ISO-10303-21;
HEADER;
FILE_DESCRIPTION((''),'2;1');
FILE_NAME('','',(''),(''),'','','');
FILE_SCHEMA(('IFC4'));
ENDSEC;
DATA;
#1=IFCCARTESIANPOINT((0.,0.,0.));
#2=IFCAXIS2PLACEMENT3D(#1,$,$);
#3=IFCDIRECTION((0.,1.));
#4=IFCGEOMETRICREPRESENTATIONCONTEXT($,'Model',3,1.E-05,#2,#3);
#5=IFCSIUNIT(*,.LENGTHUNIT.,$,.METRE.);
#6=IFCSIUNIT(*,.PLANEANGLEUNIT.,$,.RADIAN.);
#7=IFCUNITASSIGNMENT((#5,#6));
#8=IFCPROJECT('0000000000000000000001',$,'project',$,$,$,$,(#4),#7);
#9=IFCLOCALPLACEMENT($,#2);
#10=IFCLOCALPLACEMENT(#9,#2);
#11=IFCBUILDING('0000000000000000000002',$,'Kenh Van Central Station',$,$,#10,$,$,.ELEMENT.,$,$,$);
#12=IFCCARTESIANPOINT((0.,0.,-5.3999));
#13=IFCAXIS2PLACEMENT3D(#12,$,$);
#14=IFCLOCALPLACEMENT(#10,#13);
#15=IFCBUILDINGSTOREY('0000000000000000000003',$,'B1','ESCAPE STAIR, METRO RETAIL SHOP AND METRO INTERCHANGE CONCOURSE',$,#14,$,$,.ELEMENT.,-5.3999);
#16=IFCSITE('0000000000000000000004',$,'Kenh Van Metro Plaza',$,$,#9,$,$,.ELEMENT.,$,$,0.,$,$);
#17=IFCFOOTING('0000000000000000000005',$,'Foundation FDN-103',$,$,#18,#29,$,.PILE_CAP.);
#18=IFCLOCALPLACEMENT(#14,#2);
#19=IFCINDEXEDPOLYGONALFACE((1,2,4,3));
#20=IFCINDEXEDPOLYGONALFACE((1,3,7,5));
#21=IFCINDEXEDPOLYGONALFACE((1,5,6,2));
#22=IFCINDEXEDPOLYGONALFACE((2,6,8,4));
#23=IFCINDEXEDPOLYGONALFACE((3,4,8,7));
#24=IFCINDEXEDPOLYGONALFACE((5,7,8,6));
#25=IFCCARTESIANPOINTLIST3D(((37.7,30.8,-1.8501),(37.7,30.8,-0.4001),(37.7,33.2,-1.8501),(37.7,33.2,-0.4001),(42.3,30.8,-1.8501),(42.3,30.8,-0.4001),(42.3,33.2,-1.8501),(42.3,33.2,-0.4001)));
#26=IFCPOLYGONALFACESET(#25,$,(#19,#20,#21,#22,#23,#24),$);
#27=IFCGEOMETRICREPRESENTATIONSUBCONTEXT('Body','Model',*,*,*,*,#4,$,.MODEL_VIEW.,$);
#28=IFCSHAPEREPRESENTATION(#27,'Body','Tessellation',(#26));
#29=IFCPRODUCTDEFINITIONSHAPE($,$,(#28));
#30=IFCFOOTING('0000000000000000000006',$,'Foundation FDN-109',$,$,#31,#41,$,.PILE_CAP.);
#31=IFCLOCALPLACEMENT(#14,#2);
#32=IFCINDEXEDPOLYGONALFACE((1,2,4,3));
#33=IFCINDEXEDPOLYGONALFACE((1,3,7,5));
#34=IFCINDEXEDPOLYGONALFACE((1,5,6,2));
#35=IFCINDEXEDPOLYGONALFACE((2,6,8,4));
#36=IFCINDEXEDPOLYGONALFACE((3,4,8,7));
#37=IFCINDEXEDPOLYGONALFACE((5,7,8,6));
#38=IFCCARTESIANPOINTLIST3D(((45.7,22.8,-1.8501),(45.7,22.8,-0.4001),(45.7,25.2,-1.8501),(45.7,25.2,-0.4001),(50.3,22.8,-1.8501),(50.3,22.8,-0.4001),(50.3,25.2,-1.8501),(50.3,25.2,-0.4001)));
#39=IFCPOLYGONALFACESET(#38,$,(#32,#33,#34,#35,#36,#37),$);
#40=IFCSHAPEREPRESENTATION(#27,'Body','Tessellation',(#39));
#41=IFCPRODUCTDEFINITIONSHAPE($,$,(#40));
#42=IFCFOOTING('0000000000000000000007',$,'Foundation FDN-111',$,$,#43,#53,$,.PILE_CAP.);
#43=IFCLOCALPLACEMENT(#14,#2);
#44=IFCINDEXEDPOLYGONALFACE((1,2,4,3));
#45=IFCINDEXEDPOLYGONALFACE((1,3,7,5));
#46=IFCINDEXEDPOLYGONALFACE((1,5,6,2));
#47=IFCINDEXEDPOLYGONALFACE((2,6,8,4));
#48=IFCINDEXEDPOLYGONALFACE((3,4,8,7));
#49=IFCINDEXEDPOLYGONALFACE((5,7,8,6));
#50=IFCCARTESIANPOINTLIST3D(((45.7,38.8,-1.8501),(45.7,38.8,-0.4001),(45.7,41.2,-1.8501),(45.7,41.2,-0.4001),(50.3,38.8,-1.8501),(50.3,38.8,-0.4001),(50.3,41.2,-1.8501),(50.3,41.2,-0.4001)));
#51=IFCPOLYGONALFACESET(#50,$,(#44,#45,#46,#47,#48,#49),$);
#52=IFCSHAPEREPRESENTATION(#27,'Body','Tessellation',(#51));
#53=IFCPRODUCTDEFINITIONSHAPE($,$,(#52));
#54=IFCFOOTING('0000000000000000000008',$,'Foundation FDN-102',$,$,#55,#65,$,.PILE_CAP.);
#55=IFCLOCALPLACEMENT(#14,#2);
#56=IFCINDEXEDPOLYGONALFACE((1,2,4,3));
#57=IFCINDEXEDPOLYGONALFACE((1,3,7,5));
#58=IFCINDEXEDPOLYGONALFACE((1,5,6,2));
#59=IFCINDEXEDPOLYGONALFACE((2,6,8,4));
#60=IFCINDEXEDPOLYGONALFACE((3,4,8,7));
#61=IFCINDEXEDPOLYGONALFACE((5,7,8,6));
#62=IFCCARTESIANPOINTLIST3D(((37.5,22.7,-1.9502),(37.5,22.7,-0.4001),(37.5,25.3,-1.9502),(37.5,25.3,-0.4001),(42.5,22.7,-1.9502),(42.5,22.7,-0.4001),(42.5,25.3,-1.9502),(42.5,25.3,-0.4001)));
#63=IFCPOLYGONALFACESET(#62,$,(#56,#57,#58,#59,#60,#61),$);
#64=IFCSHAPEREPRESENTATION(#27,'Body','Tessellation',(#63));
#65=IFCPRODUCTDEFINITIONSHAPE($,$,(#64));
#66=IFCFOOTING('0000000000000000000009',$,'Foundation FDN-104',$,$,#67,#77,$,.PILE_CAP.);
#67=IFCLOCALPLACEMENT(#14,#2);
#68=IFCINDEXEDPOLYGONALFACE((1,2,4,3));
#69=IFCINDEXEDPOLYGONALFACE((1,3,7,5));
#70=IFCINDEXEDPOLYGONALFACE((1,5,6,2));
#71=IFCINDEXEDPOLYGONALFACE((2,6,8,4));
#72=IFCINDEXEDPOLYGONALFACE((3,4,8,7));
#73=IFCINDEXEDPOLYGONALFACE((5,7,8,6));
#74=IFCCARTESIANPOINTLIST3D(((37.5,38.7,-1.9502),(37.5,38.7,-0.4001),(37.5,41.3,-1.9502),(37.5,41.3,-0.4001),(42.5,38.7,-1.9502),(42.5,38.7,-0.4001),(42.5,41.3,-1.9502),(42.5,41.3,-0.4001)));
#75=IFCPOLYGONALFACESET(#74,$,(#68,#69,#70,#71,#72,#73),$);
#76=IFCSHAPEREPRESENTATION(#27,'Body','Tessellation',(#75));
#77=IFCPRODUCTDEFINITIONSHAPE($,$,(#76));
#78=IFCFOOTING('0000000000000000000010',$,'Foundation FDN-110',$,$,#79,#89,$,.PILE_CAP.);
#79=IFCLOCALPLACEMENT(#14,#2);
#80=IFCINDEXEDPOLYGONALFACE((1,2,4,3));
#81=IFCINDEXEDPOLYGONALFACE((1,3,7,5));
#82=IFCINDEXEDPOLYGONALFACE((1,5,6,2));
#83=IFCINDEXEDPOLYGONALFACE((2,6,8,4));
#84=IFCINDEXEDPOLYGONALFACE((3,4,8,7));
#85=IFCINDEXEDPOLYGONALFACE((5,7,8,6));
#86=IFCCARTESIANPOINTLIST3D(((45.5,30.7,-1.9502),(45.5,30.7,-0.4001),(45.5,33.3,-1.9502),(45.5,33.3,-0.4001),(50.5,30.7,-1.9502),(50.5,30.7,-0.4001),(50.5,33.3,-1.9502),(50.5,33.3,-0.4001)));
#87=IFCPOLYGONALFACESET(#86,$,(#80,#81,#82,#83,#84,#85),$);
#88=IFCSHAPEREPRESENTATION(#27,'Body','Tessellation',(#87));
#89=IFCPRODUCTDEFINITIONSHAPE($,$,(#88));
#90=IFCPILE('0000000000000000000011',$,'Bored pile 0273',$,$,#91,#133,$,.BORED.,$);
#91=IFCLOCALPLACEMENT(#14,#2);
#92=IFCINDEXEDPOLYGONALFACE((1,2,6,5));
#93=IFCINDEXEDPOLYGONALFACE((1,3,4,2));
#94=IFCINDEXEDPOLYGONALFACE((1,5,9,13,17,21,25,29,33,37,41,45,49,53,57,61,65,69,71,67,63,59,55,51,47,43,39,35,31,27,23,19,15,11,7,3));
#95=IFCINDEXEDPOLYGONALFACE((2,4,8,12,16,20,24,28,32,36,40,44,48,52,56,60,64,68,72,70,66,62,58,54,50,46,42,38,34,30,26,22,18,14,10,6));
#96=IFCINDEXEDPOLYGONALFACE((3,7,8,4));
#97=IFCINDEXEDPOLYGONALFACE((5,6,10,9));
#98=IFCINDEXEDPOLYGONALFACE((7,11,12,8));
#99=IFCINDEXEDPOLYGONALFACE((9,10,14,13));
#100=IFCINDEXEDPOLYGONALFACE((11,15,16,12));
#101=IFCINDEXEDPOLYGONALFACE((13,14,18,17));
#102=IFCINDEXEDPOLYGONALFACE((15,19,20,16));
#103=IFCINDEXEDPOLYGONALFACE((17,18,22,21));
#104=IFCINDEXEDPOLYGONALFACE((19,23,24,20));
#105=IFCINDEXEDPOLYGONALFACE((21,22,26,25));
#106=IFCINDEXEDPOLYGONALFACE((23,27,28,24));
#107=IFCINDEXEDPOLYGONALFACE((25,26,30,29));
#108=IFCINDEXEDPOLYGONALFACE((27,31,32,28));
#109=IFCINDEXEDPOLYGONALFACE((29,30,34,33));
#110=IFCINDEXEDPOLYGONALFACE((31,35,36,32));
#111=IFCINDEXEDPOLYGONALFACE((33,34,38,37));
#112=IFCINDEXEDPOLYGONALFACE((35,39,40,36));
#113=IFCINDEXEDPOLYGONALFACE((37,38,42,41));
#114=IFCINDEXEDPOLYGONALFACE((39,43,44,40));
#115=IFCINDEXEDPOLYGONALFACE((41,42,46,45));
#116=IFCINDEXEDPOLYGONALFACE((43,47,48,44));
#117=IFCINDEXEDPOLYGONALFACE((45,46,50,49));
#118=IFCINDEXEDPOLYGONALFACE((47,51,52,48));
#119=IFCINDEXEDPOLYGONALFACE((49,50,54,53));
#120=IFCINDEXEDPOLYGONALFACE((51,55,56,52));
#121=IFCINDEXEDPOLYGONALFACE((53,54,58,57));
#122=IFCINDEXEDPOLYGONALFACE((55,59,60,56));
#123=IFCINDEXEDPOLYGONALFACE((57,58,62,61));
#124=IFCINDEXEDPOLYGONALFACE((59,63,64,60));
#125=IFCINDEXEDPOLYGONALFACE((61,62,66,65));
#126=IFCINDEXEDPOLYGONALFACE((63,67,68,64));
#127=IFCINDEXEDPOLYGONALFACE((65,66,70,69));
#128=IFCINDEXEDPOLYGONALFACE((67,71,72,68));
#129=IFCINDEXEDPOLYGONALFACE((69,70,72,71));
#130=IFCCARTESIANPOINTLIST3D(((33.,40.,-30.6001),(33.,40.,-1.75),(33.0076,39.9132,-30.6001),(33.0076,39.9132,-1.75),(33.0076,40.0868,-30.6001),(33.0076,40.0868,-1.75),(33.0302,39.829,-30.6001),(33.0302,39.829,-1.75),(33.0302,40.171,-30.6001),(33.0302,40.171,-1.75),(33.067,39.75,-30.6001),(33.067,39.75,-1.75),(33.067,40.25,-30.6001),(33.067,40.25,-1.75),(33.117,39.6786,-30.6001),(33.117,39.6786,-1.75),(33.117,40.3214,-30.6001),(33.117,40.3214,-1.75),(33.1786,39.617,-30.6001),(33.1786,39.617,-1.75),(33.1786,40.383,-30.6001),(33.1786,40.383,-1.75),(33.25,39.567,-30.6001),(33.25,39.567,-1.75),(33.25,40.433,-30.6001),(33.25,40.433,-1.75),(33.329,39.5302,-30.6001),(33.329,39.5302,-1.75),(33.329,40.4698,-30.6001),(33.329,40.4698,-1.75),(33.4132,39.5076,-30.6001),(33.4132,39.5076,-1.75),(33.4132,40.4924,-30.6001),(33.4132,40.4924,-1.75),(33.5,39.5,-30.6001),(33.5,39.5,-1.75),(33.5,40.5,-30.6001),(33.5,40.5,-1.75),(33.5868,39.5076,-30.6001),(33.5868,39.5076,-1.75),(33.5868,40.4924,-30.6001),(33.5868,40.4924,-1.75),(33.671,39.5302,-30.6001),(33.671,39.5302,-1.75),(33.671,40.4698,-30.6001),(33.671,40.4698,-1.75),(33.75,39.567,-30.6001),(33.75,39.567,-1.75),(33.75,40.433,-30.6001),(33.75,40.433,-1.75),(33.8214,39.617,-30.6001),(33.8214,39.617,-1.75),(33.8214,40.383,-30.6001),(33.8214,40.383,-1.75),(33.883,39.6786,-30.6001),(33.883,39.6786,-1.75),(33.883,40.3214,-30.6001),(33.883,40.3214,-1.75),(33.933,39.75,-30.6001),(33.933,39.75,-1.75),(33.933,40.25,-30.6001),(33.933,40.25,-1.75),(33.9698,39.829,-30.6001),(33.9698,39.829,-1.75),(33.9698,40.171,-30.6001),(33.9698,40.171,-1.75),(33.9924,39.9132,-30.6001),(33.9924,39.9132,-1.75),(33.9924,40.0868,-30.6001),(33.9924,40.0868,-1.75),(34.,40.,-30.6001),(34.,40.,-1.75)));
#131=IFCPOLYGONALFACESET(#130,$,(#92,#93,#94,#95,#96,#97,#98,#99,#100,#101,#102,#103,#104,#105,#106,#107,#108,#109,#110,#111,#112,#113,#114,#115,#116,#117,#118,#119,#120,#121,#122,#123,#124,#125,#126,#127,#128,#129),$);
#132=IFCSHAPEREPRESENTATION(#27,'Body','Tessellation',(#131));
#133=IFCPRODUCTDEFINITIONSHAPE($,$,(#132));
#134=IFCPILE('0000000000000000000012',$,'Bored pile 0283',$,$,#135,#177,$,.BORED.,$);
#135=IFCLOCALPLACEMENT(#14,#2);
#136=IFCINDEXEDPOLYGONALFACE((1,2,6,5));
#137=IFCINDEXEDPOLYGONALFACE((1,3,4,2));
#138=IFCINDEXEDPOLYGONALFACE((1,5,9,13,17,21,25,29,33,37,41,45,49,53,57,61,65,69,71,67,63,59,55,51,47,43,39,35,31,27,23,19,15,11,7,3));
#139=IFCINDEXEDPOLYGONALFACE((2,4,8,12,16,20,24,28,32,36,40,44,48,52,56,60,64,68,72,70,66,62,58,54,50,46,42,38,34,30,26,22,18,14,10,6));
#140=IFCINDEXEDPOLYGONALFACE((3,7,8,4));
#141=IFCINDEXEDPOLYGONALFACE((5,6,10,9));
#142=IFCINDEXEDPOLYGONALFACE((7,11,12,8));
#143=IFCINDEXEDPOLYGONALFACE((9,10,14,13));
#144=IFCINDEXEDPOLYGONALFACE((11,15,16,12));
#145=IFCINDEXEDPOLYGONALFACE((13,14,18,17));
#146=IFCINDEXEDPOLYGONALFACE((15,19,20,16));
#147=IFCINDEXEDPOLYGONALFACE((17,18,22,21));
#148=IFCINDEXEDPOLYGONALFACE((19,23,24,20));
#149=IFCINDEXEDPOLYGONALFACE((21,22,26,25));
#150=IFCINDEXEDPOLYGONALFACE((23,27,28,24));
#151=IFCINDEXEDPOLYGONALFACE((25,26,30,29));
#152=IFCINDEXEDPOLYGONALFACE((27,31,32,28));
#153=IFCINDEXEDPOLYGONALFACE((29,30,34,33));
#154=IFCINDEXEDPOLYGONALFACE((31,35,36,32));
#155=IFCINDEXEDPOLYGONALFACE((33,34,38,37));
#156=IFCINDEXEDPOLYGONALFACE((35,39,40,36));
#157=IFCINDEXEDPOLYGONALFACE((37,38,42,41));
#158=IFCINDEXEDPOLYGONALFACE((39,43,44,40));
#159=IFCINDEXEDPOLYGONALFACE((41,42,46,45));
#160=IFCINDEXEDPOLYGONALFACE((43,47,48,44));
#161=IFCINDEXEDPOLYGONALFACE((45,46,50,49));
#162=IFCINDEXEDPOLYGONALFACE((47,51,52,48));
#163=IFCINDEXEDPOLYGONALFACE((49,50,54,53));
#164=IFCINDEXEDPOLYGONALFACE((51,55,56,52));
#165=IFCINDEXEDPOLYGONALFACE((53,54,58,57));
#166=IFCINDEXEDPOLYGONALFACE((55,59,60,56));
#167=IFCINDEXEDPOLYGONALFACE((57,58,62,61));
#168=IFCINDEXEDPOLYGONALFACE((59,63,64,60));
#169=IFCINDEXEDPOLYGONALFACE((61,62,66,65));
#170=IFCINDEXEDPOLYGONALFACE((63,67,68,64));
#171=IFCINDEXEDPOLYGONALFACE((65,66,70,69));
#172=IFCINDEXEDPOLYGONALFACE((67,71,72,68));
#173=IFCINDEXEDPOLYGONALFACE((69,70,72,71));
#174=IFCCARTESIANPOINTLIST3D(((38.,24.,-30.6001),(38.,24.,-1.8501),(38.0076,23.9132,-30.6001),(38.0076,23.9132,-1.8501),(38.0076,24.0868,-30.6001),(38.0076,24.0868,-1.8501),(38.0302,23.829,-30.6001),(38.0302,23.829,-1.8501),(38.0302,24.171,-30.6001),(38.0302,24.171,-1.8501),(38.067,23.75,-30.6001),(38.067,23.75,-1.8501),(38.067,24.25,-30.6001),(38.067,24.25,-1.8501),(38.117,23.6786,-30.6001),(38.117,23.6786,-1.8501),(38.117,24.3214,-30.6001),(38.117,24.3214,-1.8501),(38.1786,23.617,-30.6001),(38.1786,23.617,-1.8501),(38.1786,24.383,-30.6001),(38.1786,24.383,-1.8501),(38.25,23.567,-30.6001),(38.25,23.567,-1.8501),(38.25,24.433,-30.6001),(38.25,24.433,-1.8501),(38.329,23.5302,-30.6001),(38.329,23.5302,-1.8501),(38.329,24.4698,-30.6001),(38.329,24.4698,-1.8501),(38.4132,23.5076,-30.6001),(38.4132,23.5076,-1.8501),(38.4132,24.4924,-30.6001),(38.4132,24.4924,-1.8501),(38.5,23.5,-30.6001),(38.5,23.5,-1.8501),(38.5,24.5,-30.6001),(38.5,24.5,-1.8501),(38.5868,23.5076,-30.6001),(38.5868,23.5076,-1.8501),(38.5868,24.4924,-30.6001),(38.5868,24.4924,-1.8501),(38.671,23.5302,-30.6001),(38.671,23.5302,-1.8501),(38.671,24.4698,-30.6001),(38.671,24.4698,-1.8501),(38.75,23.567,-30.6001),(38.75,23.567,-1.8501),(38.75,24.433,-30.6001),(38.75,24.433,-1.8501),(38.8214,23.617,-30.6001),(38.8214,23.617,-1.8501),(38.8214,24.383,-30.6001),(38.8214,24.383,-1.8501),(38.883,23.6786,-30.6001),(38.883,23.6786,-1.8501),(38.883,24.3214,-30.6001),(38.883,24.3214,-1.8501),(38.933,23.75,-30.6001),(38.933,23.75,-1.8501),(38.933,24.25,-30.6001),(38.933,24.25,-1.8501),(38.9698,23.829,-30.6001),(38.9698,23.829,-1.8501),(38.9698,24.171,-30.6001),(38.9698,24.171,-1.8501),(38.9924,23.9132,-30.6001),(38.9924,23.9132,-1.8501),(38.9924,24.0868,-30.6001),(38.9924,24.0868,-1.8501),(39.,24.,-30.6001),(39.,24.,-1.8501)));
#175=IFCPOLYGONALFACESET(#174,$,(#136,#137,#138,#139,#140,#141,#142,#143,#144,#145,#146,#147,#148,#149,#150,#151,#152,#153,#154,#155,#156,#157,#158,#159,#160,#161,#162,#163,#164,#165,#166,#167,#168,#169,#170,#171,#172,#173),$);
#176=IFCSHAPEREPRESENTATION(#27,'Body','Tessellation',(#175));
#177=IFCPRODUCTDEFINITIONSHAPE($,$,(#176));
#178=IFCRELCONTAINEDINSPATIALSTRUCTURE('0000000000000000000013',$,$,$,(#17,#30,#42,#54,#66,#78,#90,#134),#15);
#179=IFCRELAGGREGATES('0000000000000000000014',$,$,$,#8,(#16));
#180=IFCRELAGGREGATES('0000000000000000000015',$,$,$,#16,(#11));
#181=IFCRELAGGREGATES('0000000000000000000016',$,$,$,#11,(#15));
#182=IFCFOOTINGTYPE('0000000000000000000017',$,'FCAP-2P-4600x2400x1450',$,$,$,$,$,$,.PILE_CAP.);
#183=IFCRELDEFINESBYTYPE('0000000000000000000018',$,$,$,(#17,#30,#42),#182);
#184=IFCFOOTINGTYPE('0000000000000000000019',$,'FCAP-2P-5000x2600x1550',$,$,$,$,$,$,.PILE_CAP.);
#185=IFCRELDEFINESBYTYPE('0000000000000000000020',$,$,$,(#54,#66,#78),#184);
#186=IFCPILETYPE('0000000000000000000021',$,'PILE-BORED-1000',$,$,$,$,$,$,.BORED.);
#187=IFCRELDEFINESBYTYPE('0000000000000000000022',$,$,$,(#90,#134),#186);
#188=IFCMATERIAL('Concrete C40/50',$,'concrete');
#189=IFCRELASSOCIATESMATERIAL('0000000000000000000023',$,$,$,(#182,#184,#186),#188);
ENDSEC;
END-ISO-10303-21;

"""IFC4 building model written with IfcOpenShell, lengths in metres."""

from ifc_helpers import new_model, si_unit, direction, frame, origin, origin_2d, place, context, subcontext, project, spatial, rectangle, circle, extrude, material, material_profile, profile_set, type_object, element, save


model = new_model("IFC4")

# Units and contexts
model_context = context("Model", 3, precision=1e-05, world=origin(), true_north=direction((0.0, 1.0)))
body_context = subcontext(model_context, "Body", "Model", "MODEL_VIEW")
ifc_project = project(units=[si_unit("LENGTHUNIT", "METRE"), si_unit("PLANEANGLEUNIT", "RADIAN")], contexts=[model_context])

# Site, building, storey
site_placement = place(None, origin())
site = spatial("IfcSite", under=ifc_project, at=site_placement, Name="Kenh Van Metro Plaza", CompositionType="ELEMENT", RefElevation=0.0)
building_placement = place(site_placement, origin())
building = spatial("IfcBuilding", under=site, at=building_placement, Name="Kenh Van Central Station", CompositionType="ELEMENT")
storey_placement = place(building_placement, frame((0.0, 0.0, -5.3999)))
storey = spatial("IfcBuildingStorey", under=building, at=storey_placement, Name="B1", Description="ESCAPE STAIR, METRO RETAIL SHOP AND METRO INTERCHANGE CONCOURSE", CompositionType="ELEMENT", Elevation=-5.3999)

# Footings
ifc_material_1 = material(Name="Concrete C40/50", Category="concrete")
footing_type_1 = type_object("IfcFootingType", Name="FCAP-2P-4600x2400x1450", PredefinedType="PILE_CAP", material=ifc_material_1)
for number, where, z_axis, x_axis, name in (
    (1, (40.0, 32.0, -1.8501), (0.0, 0.0, 1.0), (1.0, 0.0, 0.0), "Foundation FDN-103"),
    (2, (48.0, 24.0, -1.8501), (0.0, 0.0, 1.0), (1.0, 0.0, 0.0), "Foundation FDN-109"),
    (3, (48.0, 40.0, -1.8501), (0.0, 0.0, 1.0), (1.0, 0.0, 0.0), "Foundation FDN-111"),
):
    element("IfcFooting", number, at=place(storey_placement, frame(where, z_axis=z_axis, x_axis=x_axis)), inside=storey, type_object=footing_type_1, Name=name, PredefinedType="PILE_CAP", context=body_context, shape_type="SweptSolid", body=[
        extrude(rectangle(XDim=4.6001, YDim=2.3999, at=origin_2d()), origin(), (0.0, 0.0, 1.0), 1.45),
    ])
footing_type_2 = type_object("IfcFootingType", Name="FCAP-2P-5000x2600x1550", PredefinedType="PILE_CAP", material=ifc_material_1)
for number, where, z_axis, x_axis, name in (
    (4, (40.0, 24.0, -1.9502), (0.0, 0.0, 1.0), (1.0, 0.0, 0.0), "Foundation FDN-102"),
    (5, (40.0, 40.0, -1.9502), (0.0, 0.0, 1.0), (1.0, 0.0, 0.0), "Foundation FDN-104"),
    (6, (48.0, 32.0, -1.9502), (0.0, 0.0, 1.0), (1.0, 0.0, 0.0), "Foundation FDN-110"),
):
    element("IfcFooting", number, at=place(storey_placement, frame(where, z_axis=z_axis, x_axis=x_axis)), inside=storey, type_object=footing_type_2, Name=name, PredefinedType="PILE_CAP", context=body_context, shape_type="SweptSolid", body=[
        extrude(rectangle(XDim=5.0, YDim=2.6001, at=origin_2d()), origin(), (0.0, 0.0, 1.0), 1.55),
    ])

# Piles
ifc_material_profile_1 = material_profile(ifc_material_1, circle(Radius=0.5, at=origin_2d()), Name="PILE D1000")
ifc_profile_set_1 = profile_set([ifc_material_profile_1], Name="Concrete C40/50")
pile_type = type_object("IfcPileType", Name="PILE-BORED-1000", PredefinedType="BORED", material=ifc_profile_set_1)
pile_1_placement = place(storey_placement, frame((33.5, 40.0, -1.75), z_axis=(0.0, 0.0, -1.0), x_axis=(1.0, 0.0, 0.0)))
element("IfcPile", 7, at=pile_1_placement, inside=storey, type_object=pile_type, Name="Bored pile 0273", PredefinedType="BORED", context=body_context, shape_type="SweptSolid", body=[
    extrude(circle(Radius=0.5, at=origin_2d()), origin(), (0.0, 0.0, 1.0), 28.8501),
])
for number, where, z_axis, x_axis, name in (
    (8, (38.5, 24.0, -1.8501), (0.0, 0.0, -1.0), (1.0, 0.0, 0.0), "Bored pile 0283"),
):
    element("IfcPile", number, at=place(storey_placement, frame(where, z_axis=z_axis, x_axis=x_axis)), inside=storey, type_object=pile_type, Name=name, PredefinedType="BORED", context=body_context, shape_type="SweptSolid", body=[
        extrude(circle(Radius=0.5, at=origin_2d()), origin(), (0.0, 0.0, 1.0), 28.75),
    ])

save(model, "model.ifc")
